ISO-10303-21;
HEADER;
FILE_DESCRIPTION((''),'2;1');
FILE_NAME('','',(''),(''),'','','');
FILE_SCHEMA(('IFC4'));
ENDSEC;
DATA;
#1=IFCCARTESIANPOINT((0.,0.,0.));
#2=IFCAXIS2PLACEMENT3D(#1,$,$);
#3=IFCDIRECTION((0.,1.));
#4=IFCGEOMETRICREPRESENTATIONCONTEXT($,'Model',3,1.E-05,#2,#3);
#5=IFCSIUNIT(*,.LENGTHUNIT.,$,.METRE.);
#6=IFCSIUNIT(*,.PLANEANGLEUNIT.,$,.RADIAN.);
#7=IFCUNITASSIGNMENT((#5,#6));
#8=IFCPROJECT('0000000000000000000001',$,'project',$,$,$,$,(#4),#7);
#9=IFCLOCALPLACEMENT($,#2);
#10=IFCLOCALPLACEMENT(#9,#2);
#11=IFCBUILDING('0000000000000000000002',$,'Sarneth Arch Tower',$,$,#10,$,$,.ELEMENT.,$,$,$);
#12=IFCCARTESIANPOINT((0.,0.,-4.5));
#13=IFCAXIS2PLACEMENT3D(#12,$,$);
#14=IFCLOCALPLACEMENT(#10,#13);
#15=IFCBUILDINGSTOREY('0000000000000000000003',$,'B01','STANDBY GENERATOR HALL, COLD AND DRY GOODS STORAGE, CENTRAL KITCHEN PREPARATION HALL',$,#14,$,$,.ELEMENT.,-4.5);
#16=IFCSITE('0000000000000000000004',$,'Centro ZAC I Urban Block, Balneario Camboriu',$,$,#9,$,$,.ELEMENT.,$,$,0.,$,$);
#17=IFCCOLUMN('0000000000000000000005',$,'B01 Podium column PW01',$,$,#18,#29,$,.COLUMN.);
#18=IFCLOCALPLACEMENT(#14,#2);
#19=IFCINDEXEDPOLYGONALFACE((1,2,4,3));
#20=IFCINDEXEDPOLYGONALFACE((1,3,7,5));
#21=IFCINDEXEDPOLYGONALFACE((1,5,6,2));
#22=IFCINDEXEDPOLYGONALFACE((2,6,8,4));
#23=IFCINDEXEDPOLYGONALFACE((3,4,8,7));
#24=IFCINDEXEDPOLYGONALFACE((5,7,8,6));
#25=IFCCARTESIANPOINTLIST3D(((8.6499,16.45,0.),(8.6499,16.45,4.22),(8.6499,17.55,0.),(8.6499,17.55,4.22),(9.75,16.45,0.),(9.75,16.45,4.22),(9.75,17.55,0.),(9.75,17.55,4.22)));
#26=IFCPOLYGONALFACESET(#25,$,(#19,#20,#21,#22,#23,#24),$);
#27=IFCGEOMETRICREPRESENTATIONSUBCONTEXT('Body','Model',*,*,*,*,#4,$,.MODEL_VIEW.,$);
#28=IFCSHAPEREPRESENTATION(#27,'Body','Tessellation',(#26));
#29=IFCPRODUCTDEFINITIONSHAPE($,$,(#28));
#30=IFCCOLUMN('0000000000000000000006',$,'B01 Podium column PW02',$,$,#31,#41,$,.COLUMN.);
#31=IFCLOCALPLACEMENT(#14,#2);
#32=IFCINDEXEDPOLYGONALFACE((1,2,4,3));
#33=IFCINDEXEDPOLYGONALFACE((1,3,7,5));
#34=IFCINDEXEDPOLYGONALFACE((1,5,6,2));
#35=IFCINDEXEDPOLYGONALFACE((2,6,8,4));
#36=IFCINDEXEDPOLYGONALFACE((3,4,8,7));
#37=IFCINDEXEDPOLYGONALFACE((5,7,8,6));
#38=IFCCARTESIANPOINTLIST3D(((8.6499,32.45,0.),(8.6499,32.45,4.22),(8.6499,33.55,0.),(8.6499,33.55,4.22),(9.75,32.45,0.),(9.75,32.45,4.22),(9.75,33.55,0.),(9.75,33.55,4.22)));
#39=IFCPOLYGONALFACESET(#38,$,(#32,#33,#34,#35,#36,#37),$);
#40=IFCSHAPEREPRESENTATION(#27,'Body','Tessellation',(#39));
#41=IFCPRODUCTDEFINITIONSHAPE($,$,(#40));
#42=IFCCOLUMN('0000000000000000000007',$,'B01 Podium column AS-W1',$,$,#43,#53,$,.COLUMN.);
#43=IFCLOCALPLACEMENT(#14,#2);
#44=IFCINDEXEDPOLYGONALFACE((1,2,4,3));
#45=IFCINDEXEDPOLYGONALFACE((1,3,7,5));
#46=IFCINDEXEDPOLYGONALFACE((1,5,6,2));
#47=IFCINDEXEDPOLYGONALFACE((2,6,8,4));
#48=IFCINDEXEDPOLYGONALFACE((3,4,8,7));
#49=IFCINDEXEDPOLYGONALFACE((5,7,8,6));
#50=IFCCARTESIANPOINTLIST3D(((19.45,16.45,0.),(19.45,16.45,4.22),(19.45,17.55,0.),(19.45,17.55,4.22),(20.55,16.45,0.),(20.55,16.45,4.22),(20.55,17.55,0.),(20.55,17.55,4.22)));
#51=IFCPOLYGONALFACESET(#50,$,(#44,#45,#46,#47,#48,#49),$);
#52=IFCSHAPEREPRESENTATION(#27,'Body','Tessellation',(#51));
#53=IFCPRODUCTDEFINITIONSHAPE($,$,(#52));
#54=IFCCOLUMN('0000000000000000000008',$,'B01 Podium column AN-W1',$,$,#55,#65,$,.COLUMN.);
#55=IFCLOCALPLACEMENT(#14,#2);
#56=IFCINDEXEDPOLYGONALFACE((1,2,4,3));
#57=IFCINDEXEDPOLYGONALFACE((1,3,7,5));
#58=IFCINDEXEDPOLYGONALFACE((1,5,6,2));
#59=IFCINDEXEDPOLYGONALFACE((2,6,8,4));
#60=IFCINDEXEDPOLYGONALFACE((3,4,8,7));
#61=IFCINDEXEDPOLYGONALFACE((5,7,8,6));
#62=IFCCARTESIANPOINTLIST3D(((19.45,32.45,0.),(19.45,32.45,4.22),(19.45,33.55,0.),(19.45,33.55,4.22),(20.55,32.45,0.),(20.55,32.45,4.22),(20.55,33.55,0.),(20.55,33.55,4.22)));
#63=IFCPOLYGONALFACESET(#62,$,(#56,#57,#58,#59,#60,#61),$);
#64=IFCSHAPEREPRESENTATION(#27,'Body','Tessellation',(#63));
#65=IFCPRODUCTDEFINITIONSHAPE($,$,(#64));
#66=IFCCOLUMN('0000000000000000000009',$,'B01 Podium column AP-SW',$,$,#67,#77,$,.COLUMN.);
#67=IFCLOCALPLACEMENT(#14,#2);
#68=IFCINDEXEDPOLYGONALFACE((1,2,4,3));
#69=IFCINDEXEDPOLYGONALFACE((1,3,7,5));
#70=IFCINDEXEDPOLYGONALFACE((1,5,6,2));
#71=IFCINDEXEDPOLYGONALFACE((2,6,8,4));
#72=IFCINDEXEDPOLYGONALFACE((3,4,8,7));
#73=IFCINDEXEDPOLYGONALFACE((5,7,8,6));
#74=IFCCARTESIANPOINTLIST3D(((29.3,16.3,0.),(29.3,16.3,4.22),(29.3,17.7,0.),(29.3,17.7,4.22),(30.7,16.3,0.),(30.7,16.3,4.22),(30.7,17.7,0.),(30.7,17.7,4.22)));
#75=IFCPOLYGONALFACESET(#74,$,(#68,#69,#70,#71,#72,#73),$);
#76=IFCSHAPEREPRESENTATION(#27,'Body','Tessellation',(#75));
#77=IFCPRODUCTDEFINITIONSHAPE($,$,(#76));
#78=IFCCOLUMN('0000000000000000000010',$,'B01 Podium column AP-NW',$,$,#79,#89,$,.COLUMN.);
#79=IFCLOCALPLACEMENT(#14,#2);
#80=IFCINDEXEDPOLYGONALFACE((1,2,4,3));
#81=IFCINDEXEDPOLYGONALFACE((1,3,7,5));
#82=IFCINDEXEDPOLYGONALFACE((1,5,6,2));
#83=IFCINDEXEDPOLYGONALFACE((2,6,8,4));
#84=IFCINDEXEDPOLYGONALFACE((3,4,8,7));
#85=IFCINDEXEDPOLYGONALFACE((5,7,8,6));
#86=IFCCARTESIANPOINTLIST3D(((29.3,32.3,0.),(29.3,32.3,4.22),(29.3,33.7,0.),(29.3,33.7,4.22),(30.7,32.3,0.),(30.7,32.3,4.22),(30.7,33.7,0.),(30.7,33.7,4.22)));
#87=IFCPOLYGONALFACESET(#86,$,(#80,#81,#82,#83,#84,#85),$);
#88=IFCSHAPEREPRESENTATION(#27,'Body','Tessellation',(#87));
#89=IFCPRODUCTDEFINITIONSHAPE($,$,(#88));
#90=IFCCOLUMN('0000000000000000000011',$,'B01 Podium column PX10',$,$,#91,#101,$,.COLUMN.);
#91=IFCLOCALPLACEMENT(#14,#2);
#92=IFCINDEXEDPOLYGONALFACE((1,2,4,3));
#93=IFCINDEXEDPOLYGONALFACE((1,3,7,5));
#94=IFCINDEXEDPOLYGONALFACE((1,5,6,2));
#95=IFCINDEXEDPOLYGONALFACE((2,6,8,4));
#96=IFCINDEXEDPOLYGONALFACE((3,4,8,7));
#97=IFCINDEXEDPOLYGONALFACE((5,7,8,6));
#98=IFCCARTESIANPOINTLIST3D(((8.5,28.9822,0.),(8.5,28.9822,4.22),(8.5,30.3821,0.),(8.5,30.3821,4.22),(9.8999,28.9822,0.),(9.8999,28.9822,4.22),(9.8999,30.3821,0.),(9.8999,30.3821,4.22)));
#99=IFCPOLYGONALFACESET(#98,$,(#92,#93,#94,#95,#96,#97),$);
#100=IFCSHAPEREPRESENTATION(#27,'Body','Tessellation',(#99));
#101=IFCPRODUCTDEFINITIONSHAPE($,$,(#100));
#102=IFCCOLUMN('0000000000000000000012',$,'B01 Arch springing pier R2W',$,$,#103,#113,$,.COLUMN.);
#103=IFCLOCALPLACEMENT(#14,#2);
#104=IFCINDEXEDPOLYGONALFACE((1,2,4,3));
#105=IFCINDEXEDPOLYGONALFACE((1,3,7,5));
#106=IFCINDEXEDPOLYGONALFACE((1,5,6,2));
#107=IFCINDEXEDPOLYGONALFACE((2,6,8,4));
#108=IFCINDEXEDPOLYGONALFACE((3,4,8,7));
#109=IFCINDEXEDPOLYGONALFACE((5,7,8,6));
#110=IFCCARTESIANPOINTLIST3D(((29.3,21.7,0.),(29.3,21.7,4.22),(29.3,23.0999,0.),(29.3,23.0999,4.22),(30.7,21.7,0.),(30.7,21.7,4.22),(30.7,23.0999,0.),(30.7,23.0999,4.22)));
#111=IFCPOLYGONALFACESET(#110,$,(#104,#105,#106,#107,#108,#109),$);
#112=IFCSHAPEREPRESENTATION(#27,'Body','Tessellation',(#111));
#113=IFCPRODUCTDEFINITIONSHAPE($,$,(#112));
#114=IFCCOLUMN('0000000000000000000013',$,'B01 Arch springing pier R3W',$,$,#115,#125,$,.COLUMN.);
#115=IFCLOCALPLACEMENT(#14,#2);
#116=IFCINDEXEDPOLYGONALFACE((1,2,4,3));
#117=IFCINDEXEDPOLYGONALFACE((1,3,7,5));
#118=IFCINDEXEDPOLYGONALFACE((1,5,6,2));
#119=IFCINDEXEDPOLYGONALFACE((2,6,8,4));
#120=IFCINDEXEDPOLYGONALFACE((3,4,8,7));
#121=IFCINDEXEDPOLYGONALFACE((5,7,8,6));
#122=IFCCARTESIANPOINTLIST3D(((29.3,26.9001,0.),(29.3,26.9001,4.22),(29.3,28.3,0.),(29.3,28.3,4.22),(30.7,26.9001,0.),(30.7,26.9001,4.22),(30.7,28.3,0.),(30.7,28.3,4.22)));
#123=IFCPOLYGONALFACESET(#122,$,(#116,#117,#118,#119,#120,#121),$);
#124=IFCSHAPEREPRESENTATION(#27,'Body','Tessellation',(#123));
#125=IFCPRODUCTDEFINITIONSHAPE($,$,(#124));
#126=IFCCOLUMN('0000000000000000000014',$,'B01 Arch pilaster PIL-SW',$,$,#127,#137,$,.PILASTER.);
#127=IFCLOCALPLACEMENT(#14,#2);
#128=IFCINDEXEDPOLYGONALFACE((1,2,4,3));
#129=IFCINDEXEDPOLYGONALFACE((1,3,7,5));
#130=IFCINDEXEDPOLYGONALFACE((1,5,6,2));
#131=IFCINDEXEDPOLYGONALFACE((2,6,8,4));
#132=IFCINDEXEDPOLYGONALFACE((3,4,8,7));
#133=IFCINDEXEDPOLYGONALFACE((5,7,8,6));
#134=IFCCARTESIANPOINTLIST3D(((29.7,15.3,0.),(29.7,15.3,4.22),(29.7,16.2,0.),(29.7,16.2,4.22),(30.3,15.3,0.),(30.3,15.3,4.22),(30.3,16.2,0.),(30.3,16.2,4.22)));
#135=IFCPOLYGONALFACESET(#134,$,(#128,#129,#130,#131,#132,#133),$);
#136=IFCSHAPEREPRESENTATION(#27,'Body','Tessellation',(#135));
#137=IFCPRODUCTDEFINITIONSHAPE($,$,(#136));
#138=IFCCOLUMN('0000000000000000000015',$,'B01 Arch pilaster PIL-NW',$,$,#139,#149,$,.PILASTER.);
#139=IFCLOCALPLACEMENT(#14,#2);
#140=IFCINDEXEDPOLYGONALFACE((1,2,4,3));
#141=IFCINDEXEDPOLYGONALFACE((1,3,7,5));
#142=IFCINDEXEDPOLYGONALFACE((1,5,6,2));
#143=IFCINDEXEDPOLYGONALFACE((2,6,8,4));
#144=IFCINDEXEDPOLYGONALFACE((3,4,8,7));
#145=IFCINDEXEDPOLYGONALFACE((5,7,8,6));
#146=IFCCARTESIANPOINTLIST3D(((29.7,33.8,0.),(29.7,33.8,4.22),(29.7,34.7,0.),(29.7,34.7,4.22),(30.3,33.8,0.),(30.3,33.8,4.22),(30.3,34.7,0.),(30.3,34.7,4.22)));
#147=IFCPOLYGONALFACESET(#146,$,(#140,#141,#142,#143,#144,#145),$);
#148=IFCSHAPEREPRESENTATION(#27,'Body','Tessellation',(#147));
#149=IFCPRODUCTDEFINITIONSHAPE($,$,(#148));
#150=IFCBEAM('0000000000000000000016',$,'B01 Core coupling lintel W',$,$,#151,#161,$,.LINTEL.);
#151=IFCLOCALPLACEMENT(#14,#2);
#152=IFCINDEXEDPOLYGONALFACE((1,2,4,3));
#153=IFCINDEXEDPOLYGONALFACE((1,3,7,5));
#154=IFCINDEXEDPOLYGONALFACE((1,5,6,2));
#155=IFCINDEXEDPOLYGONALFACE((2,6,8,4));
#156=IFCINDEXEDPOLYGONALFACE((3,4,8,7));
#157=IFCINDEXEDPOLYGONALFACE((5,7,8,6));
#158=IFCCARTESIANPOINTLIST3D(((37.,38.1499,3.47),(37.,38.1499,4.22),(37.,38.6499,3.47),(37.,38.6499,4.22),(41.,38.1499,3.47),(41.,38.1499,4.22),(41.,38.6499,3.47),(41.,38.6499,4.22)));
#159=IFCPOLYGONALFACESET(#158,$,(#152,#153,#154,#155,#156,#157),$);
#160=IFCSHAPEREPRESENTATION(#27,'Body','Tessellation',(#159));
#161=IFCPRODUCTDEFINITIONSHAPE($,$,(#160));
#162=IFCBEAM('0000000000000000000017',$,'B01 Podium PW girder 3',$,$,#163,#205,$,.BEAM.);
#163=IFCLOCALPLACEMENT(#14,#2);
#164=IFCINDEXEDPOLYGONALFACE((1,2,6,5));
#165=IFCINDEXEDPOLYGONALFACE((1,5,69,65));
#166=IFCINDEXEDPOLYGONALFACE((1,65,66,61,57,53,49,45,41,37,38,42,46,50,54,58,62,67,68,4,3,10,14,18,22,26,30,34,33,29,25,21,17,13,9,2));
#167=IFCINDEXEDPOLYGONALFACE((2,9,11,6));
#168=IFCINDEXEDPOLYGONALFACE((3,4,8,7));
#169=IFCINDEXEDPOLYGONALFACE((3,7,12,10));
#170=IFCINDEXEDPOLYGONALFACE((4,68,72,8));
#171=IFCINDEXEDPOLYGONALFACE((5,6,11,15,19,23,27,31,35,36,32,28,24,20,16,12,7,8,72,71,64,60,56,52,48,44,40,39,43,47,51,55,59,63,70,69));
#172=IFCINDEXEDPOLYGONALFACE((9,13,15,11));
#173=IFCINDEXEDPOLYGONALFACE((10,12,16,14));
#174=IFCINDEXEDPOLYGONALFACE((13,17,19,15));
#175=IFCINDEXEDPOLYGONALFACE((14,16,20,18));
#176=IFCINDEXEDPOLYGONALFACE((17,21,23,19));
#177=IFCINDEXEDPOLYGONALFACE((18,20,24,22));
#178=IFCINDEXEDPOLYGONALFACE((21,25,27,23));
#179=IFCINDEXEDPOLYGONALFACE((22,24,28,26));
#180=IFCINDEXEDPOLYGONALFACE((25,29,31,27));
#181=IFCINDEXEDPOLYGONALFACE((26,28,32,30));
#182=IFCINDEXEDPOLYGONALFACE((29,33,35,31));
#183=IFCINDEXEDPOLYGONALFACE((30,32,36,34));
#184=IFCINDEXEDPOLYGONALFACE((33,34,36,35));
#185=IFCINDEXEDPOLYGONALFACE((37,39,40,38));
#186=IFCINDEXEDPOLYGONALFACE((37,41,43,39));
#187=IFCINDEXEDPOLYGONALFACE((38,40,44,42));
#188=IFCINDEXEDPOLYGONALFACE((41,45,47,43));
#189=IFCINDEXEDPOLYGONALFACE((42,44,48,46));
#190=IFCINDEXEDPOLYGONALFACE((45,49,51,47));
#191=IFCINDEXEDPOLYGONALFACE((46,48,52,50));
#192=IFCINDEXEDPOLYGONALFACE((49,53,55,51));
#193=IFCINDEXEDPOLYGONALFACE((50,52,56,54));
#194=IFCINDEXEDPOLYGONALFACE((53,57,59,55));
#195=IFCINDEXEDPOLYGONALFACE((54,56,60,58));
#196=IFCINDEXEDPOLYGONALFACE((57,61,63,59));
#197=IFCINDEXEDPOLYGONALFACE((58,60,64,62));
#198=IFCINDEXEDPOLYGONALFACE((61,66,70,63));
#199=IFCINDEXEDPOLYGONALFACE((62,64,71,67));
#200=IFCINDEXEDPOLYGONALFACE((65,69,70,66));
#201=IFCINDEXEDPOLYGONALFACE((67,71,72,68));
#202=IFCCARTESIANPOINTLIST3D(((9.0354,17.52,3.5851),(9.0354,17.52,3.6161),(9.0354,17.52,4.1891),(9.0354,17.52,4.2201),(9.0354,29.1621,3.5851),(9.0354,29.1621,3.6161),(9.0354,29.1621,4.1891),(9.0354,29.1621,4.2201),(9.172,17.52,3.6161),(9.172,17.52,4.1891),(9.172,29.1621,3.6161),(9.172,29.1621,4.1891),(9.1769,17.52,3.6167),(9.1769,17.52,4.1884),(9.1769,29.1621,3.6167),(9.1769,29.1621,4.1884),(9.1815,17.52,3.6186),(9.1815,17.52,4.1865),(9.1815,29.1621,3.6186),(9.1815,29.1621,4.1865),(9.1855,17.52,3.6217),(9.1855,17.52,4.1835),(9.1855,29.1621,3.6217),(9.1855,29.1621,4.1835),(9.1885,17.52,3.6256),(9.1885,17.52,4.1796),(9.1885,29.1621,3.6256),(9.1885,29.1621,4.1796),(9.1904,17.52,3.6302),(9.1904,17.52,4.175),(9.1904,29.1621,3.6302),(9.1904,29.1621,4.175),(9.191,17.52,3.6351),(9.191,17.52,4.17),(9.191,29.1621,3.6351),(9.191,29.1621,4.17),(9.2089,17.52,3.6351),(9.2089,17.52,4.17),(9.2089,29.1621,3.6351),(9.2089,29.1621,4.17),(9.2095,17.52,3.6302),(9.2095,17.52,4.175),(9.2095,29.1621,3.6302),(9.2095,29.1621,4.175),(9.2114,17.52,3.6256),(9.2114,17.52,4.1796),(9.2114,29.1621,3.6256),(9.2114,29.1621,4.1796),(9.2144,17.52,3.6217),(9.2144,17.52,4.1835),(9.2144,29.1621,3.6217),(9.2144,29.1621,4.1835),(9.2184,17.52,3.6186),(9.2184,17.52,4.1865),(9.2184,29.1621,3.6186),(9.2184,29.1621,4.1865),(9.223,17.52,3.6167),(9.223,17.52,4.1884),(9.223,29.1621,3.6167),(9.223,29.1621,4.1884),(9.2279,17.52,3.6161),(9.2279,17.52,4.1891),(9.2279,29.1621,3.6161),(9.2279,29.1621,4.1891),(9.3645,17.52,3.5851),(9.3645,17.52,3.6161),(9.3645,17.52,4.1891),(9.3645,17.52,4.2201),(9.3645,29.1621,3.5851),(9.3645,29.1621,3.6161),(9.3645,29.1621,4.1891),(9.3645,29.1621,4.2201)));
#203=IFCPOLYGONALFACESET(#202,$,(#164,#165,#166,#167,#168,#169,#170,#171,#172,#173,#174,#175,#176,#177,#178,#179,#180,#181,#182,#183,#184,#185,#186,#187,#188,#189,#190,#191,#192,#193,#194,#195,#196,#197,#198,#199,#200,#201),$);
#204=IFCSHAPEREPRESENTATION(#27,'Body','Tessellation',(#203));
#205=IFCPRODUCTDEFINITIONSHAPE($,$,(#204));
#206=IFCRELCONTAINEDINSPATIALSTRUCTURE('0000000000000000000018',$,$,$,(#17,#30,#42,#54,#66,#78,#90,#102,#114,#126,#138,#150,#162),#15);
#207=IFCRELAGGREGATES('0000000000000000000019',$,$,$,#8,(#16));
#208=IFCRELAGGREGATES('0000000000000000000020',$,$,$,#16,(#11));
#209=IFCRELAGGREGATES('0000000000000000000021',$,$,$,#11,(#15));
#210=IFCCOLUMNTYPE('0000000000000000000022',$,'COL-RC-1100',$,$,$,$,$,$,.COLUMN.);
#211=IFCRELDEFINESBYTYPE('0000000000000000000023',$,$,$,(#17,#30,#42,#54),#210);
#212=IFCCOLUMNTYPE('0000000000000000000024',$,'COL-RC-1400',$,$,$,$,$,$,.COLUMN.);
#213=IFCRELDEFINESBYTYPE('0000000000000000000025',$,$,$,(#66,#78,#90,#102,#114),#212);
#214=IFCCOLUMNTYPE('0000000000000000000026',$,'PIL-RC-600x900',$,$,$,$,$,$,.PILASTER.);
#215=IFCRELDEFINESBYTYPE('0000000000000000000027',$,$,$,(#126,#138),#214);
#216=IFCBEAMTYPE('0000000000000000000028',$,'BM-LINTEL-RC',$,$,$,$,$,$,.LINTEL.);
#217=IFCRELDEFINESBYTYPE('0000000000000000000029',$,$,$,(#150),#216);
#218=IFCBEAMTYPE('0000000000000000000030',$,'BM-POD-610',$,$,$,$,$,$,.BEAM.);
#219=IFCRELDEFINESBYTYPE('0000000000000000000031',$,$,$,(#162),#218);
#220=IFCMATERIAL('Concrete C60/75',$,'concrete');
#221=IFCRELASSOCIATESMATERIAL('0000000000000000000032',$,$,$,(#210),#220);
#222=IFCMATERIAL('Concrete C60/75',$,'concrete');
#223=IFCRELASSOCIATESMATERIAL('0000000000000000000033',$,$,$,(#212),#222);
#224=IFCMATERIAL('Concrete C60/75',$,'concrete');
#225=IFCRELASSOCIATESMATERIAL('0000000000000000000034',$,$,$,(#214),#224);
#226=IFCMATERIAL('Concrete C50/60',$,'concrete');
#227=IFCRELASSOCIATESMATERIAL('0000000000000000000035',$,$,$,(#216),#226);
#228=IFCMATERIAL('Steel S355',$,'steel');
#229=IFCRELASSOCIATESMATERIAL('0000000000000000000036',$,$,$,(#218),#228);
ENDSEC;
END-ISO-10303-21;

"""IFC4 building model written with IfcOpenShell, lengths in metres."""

from ifc_helpers import new_model, si_unit, direction, frame, origin, origin_2d, place, context, subcontext, project, spatial, rectangle, i_section, extrude, material, material_profile, profile_set, type_object, element, save


model = new_model("IFC4")

# Units and contexts
model_context = context("Model", 3, precision=1e-05, world=origin(), true_north=direction((0.0, 1.0)))
body_context = subcontext(model_context, "Body", "Model", "MODEL_VIEW")
ifc_project = project(units=[si_unit("LENGTHUNIT", "METRE"), si_unit("PLANEANGLEUNIT", "RADIAN")], contexts=[model_context])

# Site, building, storey
site_placement = place(None, origin())
site = spatial("IfcSite", under=ifc_project, at=site_placement, Name="Centro ZAC I Urban Block, Balneario Camboriu", CompositionType="ELEMENT", RefElevation=0.0)
building_placement = place(site_placement, origin())
building = spatial("IfcBuilding", under=site, at=building_placement, Name="Sarneth Arch Tower", CompositionType="ELEMENT")
storey_placement = place(building_placement, frame((0.0, 0.0, -4.5)))
storey = spatial("IfcBuildingStorey", under=building, at=storey_placement, Name="B01", Description="STANDBY GENERATOR HALL, COLD AND DRY GOODS STORAGE, CENTRAL KITCHEN PREPARATION HALL", CompositionType="ELEMENT", Elevation=-4.5)

# Columns
ifc_material_1 = material(Name="Concrete C60/75", Category="concrete")
ifc_material_profile_1 = material_profile(ifc_material_1, rectangle(XDim=1.1001, YDim=1.1001, at=origin_2d()), Name="RC-1100x1100")
ifc_profile_set_1 = profile_set([ifc_material_profile_1], Name="Concrete C60/75")
column_type_1 = type_object("IfcColumnType", Name="COL-RC-1100", PredefinedType="COLUMN", material=ifc_profile_set_1)
for number, where, z_axis, x_axis, name in (
    (1, (9.2, 17.0, 0.0), (0.0, 0.0, 1.0), (1.0, 0.0, 0.0), "B01 Podium column PW01"),
    (2, (9.2, 33.0, 0.0), (0.0, 0.0, 1.0), (1.0, 0.0, 0.0), "B01 Podium column PW02"),
    (3, (20.0, 17.0, 0.0), (0.0, 0.0, 1.0), (1.0, 0.0, 0.0), "B01 Podium column AS-W1"),
    (4, (20.0, 33.0, 0.0), (0.0, 0.0, 1.0), (1.0, 0.0, 0.0), "B01 Podium column AN-W1"),
):
    element("IfcColumn", number, at=place(storey_placement, frame(where, z_axis=z_axis, x_axis=x_axis)), inside=storey, type_object=column_type_1, Name=name, PredefinedType="COLUMN", context=body_context, shape_type="SweptSolid", body=[
        extrude(rectangle(XDim=1.1001, YDim=1.1001, at=origin_2d()), origin(), (0.0, 0.0, 1.0), 4.22),
    ])
ifc_material_2 = material(Name="Concrete C60/75", Category="concrete")
ifc_material_profile_2 = material_profile(ifc_material_2, rectangle(XDim=1.3999, YDim=1.3999, at=origin_2d()), Name="RC-1400x1400")
ifc_profile_set_2 = profile_set([ifc_material_profile_2], Name="Concrete C60/75")
column_type_2 = type_object("IfcColumnType", Name="COL-RC-1400", PredefinedType="COLUMN", material=ifc_profile_set_2)
for number, where, z_axis, x_axis, name in (
    (5, (30.0, 17.0, 0.0), (0.0, 0.0, 1.0), (1.0, 0.0, 0.0), "B01 Podium column AP-SW"),
    (6, (30.0, 33.0, 0.0), (0.0, 0.0, 1.0), (1.0, 0.0, 0.0), "B01 Podium column AP-NW"),
    (7, (9.2, 29.6821, 0.0), (0.0, 0.0, 1.0), (1.0, 0.0, 0.0), "B01 Podium column PX10"),
    (8, (30.0, 22.3999, 0.0), (0.0, 0.0, 1.0), (1.0, 0.0, 0.0), "B01 Arch springing pier R2W"),
    (9, (30.0, 27.6001, 0.0), (0.0, 0.0, 1.0), (1.0, 0.0, 0.0), "B01 Arch springing pier R3W"),
):
    element("IfcColumn", number, at=place(storey_placement, frame(where, z_axis=z_axis, x_axis=x_axis)), inside=storey, type_object=column_type_2, Name=name, PredefinedType="COLUMN", context=body_context, shape_type="SweptSolid", body=[
        extrude(rectangle(XDim=1.3999, YDim=1.3999, at=origin_2d()), origin(), (0.0, 0.0, 1.0), 4.22),
    ])
ifc_material_3 = material(Name="Concrete C60/75", Category="concrete")
ifc_material_profile_3 = material_profile(ifc_material_3, rectangle(XDim=0.6001, YDim=0.8999, at=origin_2d()), Name="RC-600x900")
ifc_profile_set_3 = profile_set([ifc_material_profile_3], Name="Concrete C60/75")
column_type_3 = type_object("IfcColumnType", Name="PIL-RC-600x900", PredefinedType="PILASTER", material=ifc_profile_set_3)
for number, where, z_axis, x_axis, name in (
    (10, (30.0, 15.75, 0.0), (0.0, 0.0, 1.0), (1.0, 0.0, 0.0), "B01 Arch pilaster PIL-SW"),
    (11, (30.0, 34.25, 0.0), (0.0, 0.0, 1.0), (1.0, 0.0, 0.0), "B01 Arch pilaster PIL-NW"),
):
    element("IfcColumn", number, at=place(storey_placement, frame(where, z_axis=z_axis, x_axis=x_axis)), inside=storey, type_object=column_type_3, Name=name, PredefinedType="PILASTER", context=body_context, shape_type="SweptSolid", body=[
        extrude(rectangle(XDim=0.6001, YDim=0.8999, at=origin_2d()), origin(), (0.0, 0.0, 1.0), 4.22),
    ])

# Beams
ifc_material_4 = material(Name="Concrete C50/60", Category="concrete")
ifc_material_profile_4 = material_profile(ifc_material_4, rectangle(XDim=0.5, YDim=0.75, at=origin_2d()), Name="RC-500x750")
ifc_profile_set_4 = profile_set([ifc_material_profile_4], Name="Concrete C50/60")
beam_type_1 = type_object("IfcBeamType", Name="BM-LINTEL-RC", PredefinedType="LINTEL", material=ifc_profile_set_4)
beam_1_placement = place(storey_placement, frame((37.0, 38.3999, 3.845), z_axis=(1.0, 0.0, 0.0), x_axis=(0.0, 1.0, 0.0)))
element("IfcBeam", 12, at=beam_1_placement, inside=storey, type_object=beam_type_1, Name="B01 Core coupling lintel W", PredefinedType="LINTEL", context=body_context, shape_type="SweptSolid", body=[
    extrude(rectangle(XDim=0.5, YDim=0.75, at=origin_2d()), origin(), (0.0, 0.0, 1.0), 4.0),
])
ifc_material_5 = material(Name="Steel S355", Category="steel")
ifc_material_profile_5 = material_profile(ifc_material_5, i_section(OverallWidth=0.3291, OverallDepth=0.635, WebThickness=0.0178, FlangeThickness=0.031, FilletRadius=0.019, at=origin_2d()), Name="W610x241")
ifc_profile_set_5 = profile_set([ifc_material_profile_5], Name="Steel S355")
beam_type_2 = type_object("IfcBeamType", Name="BM-POD-610", PredefinedType="BEAM", material=ifc_profile_set_5)
beam_2_placement = place(storey_placement, frame((9.2, 17.52, 3.9026), z_axis=(0.0, 1.0, 0.0), x_axis=(-1.0, 0.0, 0.0)))
element("IfcBeam", 13, at=beam_2_placement, inside=storey, type_object=beam_type_2, Name="B01 Podium PW girder 3", PredefinedType="BEAM", context=body_context, shape_type="SweptSolid", body=[
    extrude(i_section(OverallWidth=0.3291, OverallDepth=0.635, WebThickness=0.0178, FlangeThickness=0.031, FilletRadius=0.019, at=origin_2d()), origin(), (0.0, 0.0, 1.0), 11.6421),
])

save(model, "model.ifc")
